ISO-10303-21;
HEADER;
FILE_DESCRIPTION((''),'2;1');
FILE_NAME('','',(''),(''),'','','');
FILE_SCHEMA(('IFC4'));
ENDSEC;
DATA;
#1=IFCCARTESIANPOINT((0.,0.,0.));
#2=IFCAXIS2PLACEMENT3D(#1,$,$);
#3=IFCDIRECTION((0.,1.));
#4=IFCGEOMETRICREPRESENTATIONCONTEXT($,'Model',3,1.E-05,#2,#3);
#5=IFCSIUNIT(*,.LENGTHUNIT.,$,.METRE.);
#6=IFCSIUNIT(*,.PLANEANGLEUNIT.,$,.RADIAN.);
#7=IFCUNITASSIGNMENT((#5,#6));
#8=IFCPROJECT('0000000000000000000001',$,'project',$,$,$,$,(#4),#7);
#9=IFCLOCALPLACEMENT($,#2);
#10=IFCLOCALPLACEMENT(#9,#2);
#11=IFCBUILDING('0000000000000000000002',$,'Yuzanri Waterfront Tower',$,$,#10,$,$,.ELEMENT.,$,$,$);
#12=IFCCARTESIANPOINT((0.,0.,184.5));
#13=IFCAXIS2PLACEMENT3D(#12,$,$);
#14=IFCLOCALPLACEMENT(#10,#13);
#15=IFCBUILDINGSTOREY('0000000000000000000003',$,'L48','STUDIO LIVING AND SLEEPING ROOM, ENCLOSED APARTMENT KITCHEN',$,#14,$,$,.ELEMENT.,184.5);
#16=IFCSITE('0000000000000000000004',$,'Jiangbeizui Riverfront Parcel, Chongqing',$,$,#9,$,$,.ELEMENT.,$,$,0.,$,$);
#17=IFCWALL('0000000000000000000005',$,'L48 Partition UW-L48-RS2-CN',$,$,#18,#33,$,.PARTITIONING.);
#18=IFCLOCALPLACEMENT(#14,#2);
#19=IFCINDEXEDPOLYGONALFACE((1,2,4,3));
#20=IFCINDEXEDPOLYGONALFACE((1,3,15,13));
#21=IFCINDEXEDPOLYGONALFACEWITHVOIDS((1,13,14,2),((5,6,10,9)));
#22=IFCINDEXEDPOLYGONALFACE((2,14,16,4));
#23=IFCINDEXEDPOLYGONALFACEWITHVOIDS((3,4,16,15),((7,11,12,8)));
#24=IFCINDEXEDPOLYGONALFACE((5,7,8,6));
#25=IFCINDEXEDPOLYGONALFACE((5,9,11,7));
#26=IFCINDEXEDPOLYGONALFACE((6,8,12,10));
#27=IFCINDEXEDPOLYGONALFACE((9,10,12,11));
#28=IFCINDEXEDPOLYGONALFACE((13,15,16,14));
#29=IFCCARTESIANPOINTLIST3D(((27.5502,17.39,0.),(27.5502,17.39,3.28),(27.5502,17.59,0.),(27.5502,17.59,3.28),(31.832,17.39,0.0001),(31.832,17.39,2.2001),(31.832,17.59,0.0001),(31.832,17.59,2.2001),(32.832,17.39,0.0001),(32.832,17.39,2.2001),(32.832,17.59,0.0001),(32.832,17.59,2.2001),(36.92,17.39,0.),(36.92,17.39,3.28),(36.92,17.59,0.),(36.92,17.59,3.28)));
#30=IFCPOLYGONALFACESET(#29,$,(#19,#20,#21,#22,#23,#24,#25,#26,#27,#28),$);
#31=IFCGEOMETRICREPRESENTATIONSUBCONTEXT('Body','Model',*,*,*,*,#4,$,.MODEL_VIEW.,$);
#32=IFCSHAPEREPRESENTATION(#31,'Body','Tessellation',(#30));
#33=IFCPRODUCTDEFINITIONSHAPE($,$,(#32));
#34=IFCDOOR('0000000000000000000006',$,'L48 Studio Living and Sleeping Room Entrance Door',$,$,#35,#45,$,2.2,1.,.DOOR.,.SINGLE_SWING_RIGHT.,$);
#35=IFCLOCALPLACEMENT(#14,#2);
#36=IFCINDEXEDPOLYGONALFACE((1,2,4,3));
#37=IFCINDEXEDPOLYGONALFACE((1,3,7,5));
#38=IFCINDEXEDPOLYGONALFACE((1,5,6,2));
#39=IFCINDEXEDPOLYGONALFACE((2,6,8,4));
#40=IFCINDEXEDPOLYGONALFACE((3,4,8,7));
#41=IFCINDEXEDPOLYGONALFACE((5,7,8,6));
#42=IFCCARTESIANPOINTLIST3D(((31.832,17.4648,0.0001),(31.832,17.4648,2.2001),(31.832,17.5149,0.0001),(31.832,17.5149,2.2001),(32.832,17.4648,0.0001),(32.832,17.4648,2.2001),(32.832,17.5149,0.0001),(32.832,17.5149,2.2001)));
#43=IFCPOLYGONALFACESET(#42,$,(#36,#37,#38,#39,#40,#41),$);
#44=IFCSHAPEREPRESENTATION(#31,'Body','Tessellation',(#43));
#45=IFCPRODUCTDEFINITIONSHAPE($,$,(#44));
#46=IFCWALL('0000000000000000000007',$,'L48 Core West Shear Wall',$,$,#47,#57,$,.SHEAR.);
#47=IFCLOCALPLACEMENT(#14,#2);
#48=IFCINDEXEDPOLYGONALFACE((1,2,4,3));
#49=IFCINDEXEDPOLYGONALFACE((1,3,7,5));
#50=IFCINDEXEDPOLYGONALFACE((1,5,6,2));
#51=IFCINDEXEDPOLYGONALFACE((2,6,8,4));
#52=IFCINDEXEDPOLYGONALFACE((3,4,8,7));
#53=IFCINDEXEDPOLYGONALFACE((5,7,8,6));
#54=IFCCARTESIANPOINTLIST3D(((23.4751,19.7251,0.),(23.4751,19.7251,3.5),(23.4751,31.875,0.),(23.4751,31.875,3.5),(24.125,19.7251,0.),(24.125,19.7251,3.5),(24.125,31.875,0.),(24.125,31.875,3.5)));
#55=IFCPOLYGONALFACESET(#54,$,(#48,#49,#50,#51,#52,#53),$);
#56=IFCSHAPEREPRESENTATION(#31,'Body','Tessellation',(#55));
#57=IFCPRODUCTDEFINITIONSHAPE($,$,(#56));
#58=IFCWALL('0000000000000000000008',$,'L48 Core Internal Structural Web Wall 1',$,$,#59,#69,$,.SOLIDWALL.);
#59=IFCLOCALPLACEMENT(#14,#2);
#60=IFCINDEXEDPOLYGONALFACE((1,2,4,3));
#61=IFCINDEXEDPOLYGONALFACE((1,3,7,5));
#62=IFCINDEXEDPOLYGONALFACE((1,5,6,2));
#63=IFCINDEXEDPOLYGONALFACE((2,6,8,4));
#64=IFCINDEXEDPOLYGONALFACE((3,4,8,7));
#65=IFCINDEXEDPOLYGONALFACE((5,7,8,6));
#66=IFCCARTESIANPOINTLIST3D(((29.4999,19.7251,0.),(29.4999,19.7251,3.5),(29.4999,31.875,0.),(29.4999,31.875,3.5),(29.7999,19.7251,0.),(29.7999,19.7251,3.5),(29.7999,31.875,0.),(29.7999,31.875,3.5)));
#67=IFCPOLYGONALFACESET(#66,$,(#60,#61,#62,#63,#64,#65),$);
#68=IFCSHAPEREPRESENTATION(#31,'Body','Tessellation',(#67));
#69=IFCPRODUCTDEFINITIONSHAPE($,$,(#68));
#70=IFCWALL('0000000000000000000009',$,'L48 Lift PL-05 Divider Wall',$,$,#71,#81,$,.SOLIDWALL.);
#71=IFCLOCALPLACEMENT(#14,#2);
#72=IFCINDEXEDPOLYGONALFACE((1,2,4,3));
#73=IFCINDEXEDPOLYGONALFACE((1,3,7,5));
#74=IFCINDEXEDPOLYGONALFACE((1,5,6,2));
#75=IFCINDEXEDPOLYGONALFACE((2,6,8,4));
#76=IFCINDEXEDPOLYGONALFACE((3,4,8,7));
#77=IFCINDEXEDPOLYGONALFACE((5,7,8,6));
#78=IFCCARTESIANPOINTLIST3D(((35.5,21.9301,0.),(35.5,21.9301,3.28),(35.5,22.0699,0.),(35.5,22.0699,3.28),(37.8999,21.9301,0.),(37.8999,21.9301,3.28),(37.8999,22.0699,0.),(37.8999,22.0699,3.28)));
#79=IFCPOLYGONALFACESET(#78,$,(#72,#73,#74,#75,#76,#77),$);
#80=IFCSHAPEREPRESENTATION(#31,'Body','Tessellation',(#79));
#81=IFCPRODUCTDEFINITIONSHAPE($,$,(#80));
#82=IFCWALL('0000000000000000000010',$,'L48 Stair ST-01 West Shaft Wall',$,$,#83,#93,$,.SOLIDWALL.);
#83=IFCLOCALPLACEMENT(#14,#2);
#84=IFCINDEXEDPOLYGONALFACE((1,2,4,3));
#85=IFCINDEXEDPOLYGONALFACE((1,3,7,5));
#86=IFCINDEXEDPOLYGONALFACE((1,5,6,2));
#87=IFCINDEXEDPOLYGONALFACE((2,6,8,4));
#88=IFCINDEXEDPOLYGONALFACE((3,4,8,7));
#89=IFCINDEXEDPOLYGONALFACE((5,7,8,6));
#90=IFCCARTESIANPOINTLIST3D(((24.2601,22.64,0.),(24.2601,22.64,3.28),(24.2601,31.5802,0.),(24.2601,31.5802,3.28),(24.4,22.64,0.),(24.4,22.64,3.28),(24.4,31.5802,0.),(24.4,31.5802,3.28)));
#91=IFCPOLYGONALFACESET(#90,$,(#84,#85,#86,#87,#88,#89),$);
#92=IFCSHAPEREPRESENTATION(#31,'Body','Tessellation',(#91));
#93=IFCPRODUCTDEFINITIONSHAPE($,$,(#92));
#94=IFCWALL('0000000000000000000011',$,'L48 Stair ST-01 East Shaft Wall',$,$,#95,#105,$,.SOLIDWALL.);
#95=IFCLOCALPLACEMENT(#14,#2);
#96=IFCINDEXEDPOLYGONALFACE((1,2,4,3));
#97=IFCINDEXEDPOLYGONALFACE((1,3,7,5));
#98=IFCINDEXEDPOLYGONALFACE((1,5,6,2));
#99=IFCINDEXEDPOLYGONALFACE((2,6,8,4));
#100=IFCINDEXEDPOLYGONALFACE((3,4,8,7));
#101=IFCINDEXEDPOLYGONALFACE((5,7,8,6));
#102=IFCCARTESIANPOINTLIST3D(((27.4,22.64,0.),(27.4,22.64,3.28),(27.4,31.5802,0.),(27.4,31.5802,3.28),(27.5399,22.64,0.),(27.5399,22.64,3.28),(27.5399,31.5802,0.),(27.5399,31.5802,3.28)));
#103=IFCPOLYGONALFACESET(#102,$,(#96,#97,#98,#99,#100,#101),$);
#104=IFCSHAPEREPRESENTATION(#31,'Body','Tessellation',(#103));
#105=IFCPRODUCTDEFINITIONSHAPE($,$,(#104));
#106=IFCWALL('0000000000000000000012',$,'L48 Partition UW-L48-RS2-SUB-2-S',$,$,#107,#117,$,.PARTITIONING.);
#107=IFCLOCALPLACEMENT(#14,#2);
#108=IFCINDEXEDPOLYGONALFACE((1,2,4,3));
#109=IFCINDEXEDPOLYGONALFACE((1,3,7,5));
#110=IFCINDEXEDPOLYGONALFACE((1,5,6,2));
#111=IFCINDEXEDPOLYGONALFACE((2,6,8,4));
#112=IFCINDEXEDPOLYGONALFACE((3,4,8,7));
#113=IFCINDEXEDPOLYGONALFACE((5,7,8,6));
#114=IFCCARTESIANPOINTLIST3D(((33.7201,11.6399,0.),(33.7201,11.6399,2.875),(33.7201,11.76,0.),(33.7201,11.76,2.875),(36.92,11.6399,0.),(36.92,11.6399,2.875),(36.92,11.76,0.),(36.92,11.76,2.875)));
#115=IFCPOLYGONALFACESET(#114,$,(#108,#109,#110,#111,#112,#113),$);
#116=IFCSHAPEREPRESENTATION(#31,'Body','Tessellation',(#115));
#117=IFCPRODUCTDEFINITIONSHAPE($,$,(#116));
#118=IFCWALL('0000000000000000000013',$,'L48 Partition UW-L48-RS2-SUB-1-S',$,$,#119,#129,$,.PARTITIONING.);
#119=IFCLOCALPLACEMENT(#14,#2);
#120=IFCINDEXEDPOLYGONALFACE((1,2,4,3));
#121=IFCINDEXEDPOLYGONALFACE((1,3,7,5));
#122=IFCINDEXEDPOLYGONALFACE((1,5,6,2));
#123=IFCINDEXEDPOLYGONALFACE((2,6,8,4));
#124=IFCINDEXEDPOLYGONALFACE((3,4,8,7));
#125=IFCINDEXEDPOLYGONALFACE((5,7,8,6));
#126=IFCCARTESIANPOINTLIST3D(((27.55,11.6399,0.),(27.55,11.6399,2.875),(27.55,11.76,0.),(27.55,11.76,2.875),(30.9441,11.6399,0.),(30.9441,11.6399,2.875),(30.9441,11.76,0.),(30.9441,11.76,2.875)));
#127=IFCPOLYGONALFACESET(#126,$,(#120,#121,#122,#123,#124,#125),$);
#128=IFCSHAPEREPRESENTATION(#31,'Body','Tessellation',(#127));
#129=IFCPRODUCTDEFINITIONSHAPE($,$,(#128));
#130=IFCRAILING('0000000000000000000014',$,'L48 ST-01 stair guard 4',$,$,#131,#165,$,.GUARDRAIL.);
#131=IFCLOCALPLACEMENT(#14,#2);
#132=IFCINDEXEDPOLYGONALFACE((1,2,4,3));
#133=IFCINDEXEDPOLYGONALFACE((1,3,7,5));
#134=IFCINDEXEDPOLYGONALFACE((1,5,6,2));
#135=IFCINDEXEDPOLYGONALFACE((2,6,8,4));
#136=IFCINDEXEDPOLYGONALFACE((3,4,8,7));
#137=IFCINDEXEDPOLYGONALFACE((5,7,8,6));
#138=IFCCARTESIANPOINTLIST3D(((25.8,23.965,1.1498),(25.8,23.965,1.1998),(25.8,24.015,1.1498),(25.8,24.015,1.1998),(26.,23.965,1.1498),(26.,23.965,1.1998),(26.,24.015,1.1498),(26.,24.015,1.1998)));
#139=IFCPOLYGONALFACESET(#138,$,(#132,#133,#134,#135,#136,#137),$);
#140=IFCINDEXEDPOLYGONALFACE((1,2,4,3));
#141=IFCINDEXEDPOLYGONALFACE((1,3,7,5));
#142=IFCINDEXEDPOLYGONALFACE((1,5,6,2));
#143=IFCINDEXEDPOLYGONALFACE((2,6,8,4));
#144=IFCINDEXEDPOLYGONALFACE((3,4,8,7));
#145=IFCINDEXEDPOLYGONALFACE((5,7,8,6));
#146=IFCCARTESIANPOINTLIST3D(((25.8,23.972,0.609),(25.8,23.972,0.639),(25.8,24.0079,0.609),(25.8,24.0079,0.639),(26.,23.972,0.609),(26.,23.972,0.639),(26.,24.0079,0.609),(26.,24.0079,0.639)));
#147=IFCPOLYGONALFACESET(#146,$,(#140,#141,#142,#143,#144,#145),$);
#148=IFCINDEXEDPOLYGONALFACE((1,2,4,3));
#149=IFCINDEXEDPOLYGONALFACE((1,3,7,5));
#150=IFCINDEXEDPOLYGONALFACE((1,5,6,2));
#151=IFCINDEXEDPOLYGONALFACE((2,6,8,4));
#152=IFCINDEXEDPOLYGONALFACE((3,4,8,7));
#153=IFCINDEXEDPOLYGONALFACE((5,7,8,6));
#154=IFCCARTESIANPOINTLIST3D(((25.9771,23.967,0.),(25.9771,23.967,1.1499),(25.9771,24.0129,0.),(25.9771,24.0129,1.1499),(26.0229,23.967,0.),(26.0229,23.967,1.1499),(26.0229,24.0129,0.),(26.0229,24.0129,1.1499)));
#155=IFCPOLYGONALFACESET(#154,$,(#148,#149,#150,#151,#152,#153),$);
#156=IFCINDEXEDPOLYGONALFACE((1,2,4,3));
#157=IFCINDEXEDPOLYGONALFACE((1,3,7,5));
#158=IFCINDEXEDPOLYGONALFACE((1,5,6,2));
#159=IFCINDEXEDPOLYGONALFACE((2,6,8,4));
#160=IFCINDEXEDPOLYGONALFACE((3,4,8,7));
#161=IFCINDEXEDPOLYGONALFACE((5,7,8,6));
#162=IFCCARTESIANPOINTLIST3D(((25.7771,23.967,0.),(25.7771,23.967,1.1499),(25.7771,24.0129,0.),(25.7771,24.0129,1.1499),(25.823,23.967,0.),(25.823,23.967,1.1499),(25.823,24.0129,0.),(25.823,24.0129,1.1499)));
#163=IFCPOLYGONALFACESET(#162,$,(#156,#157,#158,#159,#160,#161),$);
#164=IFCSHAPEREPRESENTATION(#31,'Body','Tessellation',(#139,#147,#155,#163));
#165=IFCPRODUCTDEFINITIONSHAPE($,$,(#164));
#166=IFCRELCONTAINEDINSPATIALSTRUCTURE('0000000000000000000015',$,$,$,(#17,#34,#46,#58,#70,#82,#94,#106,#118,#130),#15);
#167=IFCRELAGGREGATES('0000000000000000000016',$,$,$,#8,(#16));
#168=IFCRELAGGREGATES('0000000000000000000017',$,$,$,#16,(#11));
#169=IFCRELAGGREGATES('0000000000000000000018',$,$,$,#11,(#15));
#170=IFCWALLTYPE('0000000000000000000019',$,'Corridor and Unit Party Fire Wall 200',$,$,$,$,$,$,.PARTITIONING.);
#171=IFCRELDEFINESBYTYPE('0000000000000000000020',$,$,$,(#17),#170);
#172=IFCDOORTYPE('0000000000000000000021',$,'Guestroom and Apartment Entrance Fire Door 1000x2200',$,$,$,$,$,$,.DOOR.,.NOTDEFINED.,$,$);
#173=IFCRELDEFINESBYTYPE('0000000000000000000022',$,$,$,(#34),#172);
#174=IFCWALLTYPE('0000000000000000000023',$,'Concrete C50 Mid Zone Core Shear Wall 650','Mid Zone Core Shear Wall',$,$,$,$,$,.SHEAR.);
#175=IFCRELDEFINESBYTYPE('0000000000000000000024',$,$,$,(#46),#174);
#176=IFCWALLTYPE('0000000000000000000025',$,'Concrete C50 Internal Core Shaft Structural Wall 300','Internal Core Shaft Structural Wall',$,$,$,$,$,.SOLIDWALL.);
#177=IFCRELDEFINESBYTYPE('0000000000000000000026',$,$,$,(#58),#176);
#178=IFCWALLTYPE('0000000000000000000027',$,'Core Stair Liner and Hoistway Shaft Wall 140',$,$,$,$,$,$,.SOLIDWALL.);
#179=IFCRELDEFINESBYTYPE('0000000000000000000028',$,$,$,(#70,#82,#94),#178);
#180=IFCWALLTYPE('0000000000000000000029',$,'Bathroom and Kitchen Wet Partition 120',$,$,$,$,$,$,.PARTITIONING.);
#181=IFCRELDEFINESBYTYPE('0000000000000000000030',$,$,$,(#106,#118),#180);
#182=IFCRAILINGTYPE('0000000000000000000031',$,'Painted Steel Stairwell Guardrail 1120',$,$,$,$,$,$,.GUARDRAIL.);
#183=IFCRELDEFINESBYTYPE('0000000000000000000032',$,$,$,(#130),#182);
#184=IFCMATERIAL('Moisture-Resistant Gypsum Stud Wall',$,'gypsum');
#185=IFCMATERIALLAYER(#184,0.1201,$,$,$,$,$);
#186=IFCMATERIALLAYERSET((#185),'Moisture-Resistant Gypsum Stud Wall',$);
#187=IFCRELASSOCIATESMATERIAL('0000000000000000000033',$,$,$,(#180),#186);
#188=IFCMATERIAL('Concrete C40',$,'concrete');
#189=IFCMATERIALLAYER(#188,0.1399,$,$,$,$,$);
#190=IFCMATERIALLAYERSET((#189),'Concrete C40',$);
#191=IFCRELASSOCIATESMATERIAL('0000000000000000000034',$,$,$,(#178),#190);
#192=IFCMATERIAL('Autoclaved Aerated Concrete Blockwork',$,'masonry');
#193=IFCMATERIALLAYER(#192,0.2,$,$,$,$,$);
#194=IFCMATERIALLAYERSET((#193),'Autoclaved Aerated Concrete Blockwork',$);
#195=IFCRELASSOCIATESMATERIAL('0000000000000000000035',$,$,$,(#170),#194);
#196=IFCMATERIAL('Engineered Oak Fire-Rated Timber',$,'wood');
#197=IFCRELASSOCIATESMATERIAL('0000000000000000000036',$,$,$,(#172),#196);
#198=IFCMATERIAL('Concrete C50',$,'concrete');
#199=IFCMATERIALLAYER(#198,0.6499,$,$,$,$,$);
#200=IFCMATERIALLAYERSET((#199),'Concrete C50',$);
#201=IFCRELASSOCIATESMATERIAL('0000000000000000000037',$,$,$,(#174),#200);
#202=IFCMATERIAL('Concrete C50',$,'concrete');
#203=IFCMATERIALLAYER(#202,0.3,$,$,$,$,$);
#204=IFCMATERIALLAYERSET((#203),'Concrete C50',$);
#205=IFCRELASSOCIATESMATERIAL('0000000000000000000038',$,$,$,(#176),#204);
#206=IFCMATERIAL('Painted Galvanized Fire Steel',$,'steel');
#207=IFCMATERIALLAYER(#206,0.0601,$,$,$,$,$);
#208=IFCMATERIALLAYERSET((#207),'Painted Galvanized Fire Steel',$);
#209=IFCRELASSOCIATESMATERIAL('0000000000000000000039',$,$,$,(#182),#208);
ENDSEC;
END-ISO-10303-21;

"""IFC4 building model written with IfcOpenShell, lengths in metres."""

from ifc_helpers import new_model, si_unit, direction, frame, frame_2d, origin, origin_2d, place, context, subcontext, project, spatial, rectangle, extrude, source, transform, mapped, material, layer, layer_set, type_object, element, fill, save


model = new_model("IFC4")

# Units and contexts
model_context = context("Model", 3, precision=1e-05, world=origin(), true_north=direction((0.0, 1.0)))
body_context = subcontext(model_context, "Body", "Model", "MODEL_VIEW")
ifc_project = project(units=[si_unit("LENGTHUNIT", "METRE"), si_unit("PLANEANGLEUNIT", "RADIAN")], contexts=[model_context])

# Site, building, storey
site_placement = place(None, origin())
site = spatial("IfcSite", under=ifc_project, at=site_placement, Name="Jiangbeizui Riverfront Parcel, Chongqing", CompositionType="ELEMENT", RefElevation=0.0)
building_placement = place(site_placement, origin())
building = spatial("IfcBuilding", under=site, at=building_placement, Name="Yuzanri Waterfront Tower", CompositionType="ELEMENT")
storey_placement = place(building_placement, frame((0.0, 0.0, 184.5)))
storey = spatial("IfcBuildingStorey", under=building, at=storey_placement, Name="L48", Description="STUDIO LIVING AND SLEEPING ROOM, ENCLOSED APARTMENT KITCHEN", CompositionType="ELEMENT", Elevation=184.5)

# Wall, opening, door
ifc_material_1 = material(Name="Moisture-Resistant Gypsum Stud Wall", Category="gypsum")
ifc_layer_1 = layer(ifc_material_1, 0.1201)
ifc_layer_set_1 = layer_set([ifc_layer_1], Name="Moisture-Resistant Gypsum Stud Wall")
wall_type_1 = type_object("IfcWallType", Name="Bathroom and Kitchen Wet Partition 120", PredefinedType="PARTITIONING", material=ifc_layer_set_1)
ifc_material_2 = material(Name="Concrete C40", Category="concrete")
ifc_layer_2 = layer(ifc_material_2, 0.1399)
ifc_layer_set_2 = layer_set([ifc_layer_2], Name="Concrete C40")
wall_type_2 = type_object("IfcWallType", Name="Core Stair Liner and Hoistway Shaft Wall 140", PredefinedType="SOLIDWALL", material=ifc_layer_set_2)
ifc_material_3 = material(Name="Autoclaved Aerated Concrete Blockwork", Category="masonry")
ifc_layer_3 = layer(ifc_material_3, 0.2)
ifc_layer_set_3 = layer_set([ifc_layer_3], Name="Autoclaved Aerated Concrete Blockwork")
wall_type_3 = type_object("IfcWallType", Name="Corridor and Unit Party Fire Wall 200", PredefinedType="PARTITIONING", material=ifc_layer_set_3)
wall_1_placement = place(storey_placement, frame((27.55, 17.49, 0.0), z_axis=(0.0, 0.0, 1.0), x_axis=(1.0, 0.0, 0.0)))
wall_1 = element("IfcWall", 1, at=wall_1_placement, inside=storey, type_object=wall_type_3, Name="L48 Partition UW-L48-RS2-CN", PredefinedType="PARTITIONING", context=body_context, shape_type="SweptSolid", body=[
    extrude(rectangle(XDim=9.3699, YDim=0.2, at=frame_2d((4.6851, 0.0))), origin(), (0.0, 0.0, 1.0), 3.28),
])
opening_1_placement = place(wall_1_placement, frame((4.282, 0.0, 0.0)))
opening_1 = element("IfcOpeningElement", 2, at=opening_1_placement, cuts=wall_1, PredefinedType="OPENING", context=body_context, shape_type="SweptSolid", body=[
    extrude(rectangle(XDim=1.0, YDim=2.2, at=frame_2d((0.5, 1.1001))), frame((0.0, 0.1147, 0.0), z_axis=(0.0, -1.0, 0.0), x_axis=(1.0, 0.0, 0.0)), (0.0, 0.0, 1.0), 0.2297),
])
ifc_material_4 = material(Name="Engineered Oak Fire-Rated Timber", Category="wood")
door_type_1 = type_object("IfcDoorType", Name="Guestroom and Apartment Entrance Fire Door 1000x2200", OperationType="NOTDEFINED", PredefinedType="DOOR", material=ifc_material_4)
shared_shape_1 = source(origin(), body_context, "Body", "SweptSolid", [
    extrude(rectangle(XDim=1.0, YDim=2.2, at=frame_2d((0.5, 1.1001))), frame((0.0, 0.0249, 0.0), z_axis=(0.0, -1.0, 0.0), x_axis=(1.0, 0.0, 0.0)), (0.0, 0.0, 1.0), 0.05),
])
door_1_placement = place(opening_1_placement, origin())
door_1 = element("IfcDoor", 3, at=door_1_placement, inside=storey, type_object=door_type_1, Name="L48 Studio Living and Sleeping Room Entrance Door", OperationType="SINGLE_SWING_RIGHT", OverallHeight=2.2, OverallWidth=1.0, PredefinedType="DOOR", context=body_context, shape_type="MappedRepresentation", body=[
    mapped(shared_shape_1, transform((0.0, 0.0, 0.0), scale=1.0)),
])
fill(opening_1, door_1)

# Walls
ifc_material_5 = material(Name="Concrete C50", Category="concrete")
ifc_layer_4 = layer(ifc_material_5, 0.6499)
ifc_layer_set_4 = layer_set([ifc_layer_4], Name="Concrete C50")
wall_type_4 = type_object("IfcWallType", Name="Concrete C50 Mid Zone Core Shear Wall 650", Description="Mid Zone Core Shear Wall", PredefinedType="SHEAR", material=ifc_layer_set_4)
shared_shape_2 = source(origin(), body_context, "Body", "SweptSolid", [
    extrude(rectangle(XDim=12.1499, YDim=0.6499, at=frame_2d((6.075, 0.0))), origin(), (0.0, 0.0, 1.0), 3.5),
])
wall_2_placement = place(storey_placement, frame((23.8, 19.7251, 0.0), z_axis=(0.0, 0.0, 1.0), x_axis=(0.0, 1.0, 0.0)))
element("IfcWall", 4, at=wall_2_placement, inside=storey, type_object=wall_type_4, Name="L48 Core West Shear Wall", PredefinedType="SHEAR", context=body_context, shape_type="MappedRepresentation", body=[
    mapped(shared_shape_2, transform((0.0, 0.0, 0.0), scale=1.0)),
])
ifc_material_6 = material(Name="Concrete C50", Category="concrete")
ifc_layer_5 = layer(ifc_material_6, 0.3)
ifc_layer_set_5 = layer_set([ifc_layer_5], Name="Concrete C50")
wall_type_5 = type_object("IfcWallType", Name="Concrete C50 Internal Core Shaft Structural Wall 300", Description="Internal Core Shaft Structural Wall", PredefinedType="SOLIDWALL", material=ifc_layer_set_5)
shared_shape_3 = source(origin(), body_context, "Body", "SweptSolid", [
    extrude(rectangle(XDim=12.1499, YDim=0.3, at=frame_2d((6.075, 0.0))), origin(), (0.0, 0.0, 1.0), 3.5),
])
wall_3_placement = place(storey_placement, frame((29.6499, 19.7251, 0.0), z_axis=(0.0, 0.0, 1.0), x_axis=(0.0, 1.0, 0.0)))
element("IfcWall", 5, at=wall_3_placement, inside=storey, type_object=wall_type_5, Name="L48 Core Internal Structural Web Wall 1", PredefinedType="SOLIDWALL", context=body_context, shape_type="MappedRepresentation", body=[
    mapped(shared_shape_3, transform((0.0, 0.0, 0.0), scale=1.0)),
])
shared_shape_4 = source(origin(), body_context, "Body", "SweptSolid", [
    extrude(rectangle(XDim=2.3999, YDim=0.1399, at=frame_2d((1.2, 0.0))), origin(), (0.0, 0.0, 1.0), 3.28),
])
wall_4_placement = place(storey_placement, frame((35.5, 22.0, 0.0), z_axis=(0.0, 0.0, 1.0), x_axis=(1.0, 0.0, 0.0)))
element("IfcWall", 6, at=wall_4_placement, inside=storey, type_object=wall_type_2, Name="L48 Lift PL-05 Divider Wall", PredefinedType="SOLIDWALL", context=body_context, shape_type="MappedRepresentation", body=[
    mapped(shared_shape_4, transform((0.0, 0.0, 0.0), scale=1.0)),
])
shared_shape_5 = source(origin(), body_context, "Body", "SweptSolid", [
    extrude(rectangle(XDim=8.9402, YDim=0.1399, at=frame_2d((4.4702, 0.0))), origin(), (0.0, 0.0, 1.0), 3.28),
])
for number, where, z_axis, x_axis, name in (
    (7, (24.3301, 22.6399, 0.0), (0.0, 0.0, 1.0), (0.0, 1.0, 0.0), "L48 Stair ST-01 West Shaft Wall"),
    (8, (27.47, 22.6399, 0.0), (0.0, 0.0, 1.0), (0.0, 1.0, 0.0), "L48 Stair ST-01 East Shaft Wall"),
):
    element("IfcWall", number, at=place(storey_placement, frame(where, z_axis=z_axis, x_axis=x_axis)), inside=storey, type_object=wall_type_2, Name=name, PredefinedType="SOLIDWALL", context=body_context, shape_type="MappedRepresentation", body=[
        mapped(shared_shape_5, transform((0.0, 0.0, 0.0), scale=1.0)),
    ])
shared_shape_6 = source(origin(), body_context, "Body", "SweptSolid", [
    extrude(rectangle(XDim=3.2, YDim=0.1201, at=frame_2d((1.6001, 0.0))), origin(), (0.0, 0.0, 1.0), 2.875),
])
wall_5_placement = place(storey_placement, frame((33.72, 11.7, 0.0), z_axis=(0.0, 0.0, 1.0), x_axis=(1.0, 0.0, 0.0)))
element("IfcWall", 9, at=wall_5_placement, inside=storey, type_object=wall_type_1, Name="L48 Partition UW-L48-RS2-SUB-2-S", PredefinedType="PARTITIONING", context=body_context, shape_type="MappedRepresentation", body=[
    mapped(shared_shape_6, transform((0.0, 0.0, 0.0), scale=1.0)),
])
shared_shape_7 = source(origin(), body_context, "Body", "SweptSolid", [
    extrude(rectangle(XDim=3.394, YDim=0.1201, at=frame_2d((1.697, 0.0))), origin(), (0.0, 0.0, 1.0), 2.875),
])
wall_6_placement = place(storey_placement, frame((27.55, 11.7, 0.0), z_axis=(0.0, 0.0, 1.0), x_axis=(1.0, 0.0, 0.0)))
element("IfcWall", 10, at=wall_6_placement, inside=storey, type_object=wall_type_1, Name="L48 Partition UW-L48-RS2-SUB-1-S", PredefinedType="PARTITIONING", context=body_context, shape_type="MappedRepresentation", body=[
    mapped(shared_shape_7, transform((0.0, 0.0, 0.0), scale=1.0)),
])

# Railing
ifc_material_7 = material(Name="Painted Galvanized Fire Steel", Category="steel")
ifc_layer_6 = layer(ifc_material_7, 0.0601)
ifc_layer_set_6 = layer_set([ifc_layer_6], Name="Painted Galvanized Fire Steel")
railing_type = type_object("IfcRailingType", Name="Painted Steel Stairwell Guardrail 1120", PredefinedType="GUARDRAIL", material=ifc_layer_set_6)
shared_shape_8 = source(origin(), body_context, "Body", "SweptSolid", [
    extrude(rectangle(XDim=0.05, YDim=0.05, at=origin_2d()), frame((0.0, 0.0, 1.1748), z_axis=(-1.0, 0.0, 0.0), x_axis=(0.0, -1.0, 0.0)), (0.0, 0.0, 1.0), 0.2),
    extrude(rectangle(XDim=0.0359, YDim=0.03, at=origin_2d()), frame((0.0, 0.0, 0.624), z_axis=(-1.0, 0.0, 0.0), x_axis=(0.0, -1.0, 0.0)), (0.0, 0.0, 1.0), 0.2),
    extrude(rectangle(XDim=0.0459, YDim=0.0459, at=origin_2d()), origin(), (0.0, 0.0, 1.0), 1.1499),
    extrude(rectangle(XDim=0.0459, YDim=0.0459, at=origin_2d()), frame((-0.2, 0.0, 0.0)), (0.0, 0.0, 1.0), 1.1499),
])
railing_1_placement = place(storey_placement, frame((26.0, 23.99, 0.0)))
element("IfcRailing", 11, at=railing_1_placement, inside=storey, type_object=railing_type, Name="L48 ST-01 stair guard 4", PredefinedType="GUARDRAIL", context=body_context, shape_type="MappedRepresentation", body=[
    mapped(shared_shape_8, transform((0.0, 0.0, 0.0), scale=1.0)),
])

save(model, "model.ifc")
